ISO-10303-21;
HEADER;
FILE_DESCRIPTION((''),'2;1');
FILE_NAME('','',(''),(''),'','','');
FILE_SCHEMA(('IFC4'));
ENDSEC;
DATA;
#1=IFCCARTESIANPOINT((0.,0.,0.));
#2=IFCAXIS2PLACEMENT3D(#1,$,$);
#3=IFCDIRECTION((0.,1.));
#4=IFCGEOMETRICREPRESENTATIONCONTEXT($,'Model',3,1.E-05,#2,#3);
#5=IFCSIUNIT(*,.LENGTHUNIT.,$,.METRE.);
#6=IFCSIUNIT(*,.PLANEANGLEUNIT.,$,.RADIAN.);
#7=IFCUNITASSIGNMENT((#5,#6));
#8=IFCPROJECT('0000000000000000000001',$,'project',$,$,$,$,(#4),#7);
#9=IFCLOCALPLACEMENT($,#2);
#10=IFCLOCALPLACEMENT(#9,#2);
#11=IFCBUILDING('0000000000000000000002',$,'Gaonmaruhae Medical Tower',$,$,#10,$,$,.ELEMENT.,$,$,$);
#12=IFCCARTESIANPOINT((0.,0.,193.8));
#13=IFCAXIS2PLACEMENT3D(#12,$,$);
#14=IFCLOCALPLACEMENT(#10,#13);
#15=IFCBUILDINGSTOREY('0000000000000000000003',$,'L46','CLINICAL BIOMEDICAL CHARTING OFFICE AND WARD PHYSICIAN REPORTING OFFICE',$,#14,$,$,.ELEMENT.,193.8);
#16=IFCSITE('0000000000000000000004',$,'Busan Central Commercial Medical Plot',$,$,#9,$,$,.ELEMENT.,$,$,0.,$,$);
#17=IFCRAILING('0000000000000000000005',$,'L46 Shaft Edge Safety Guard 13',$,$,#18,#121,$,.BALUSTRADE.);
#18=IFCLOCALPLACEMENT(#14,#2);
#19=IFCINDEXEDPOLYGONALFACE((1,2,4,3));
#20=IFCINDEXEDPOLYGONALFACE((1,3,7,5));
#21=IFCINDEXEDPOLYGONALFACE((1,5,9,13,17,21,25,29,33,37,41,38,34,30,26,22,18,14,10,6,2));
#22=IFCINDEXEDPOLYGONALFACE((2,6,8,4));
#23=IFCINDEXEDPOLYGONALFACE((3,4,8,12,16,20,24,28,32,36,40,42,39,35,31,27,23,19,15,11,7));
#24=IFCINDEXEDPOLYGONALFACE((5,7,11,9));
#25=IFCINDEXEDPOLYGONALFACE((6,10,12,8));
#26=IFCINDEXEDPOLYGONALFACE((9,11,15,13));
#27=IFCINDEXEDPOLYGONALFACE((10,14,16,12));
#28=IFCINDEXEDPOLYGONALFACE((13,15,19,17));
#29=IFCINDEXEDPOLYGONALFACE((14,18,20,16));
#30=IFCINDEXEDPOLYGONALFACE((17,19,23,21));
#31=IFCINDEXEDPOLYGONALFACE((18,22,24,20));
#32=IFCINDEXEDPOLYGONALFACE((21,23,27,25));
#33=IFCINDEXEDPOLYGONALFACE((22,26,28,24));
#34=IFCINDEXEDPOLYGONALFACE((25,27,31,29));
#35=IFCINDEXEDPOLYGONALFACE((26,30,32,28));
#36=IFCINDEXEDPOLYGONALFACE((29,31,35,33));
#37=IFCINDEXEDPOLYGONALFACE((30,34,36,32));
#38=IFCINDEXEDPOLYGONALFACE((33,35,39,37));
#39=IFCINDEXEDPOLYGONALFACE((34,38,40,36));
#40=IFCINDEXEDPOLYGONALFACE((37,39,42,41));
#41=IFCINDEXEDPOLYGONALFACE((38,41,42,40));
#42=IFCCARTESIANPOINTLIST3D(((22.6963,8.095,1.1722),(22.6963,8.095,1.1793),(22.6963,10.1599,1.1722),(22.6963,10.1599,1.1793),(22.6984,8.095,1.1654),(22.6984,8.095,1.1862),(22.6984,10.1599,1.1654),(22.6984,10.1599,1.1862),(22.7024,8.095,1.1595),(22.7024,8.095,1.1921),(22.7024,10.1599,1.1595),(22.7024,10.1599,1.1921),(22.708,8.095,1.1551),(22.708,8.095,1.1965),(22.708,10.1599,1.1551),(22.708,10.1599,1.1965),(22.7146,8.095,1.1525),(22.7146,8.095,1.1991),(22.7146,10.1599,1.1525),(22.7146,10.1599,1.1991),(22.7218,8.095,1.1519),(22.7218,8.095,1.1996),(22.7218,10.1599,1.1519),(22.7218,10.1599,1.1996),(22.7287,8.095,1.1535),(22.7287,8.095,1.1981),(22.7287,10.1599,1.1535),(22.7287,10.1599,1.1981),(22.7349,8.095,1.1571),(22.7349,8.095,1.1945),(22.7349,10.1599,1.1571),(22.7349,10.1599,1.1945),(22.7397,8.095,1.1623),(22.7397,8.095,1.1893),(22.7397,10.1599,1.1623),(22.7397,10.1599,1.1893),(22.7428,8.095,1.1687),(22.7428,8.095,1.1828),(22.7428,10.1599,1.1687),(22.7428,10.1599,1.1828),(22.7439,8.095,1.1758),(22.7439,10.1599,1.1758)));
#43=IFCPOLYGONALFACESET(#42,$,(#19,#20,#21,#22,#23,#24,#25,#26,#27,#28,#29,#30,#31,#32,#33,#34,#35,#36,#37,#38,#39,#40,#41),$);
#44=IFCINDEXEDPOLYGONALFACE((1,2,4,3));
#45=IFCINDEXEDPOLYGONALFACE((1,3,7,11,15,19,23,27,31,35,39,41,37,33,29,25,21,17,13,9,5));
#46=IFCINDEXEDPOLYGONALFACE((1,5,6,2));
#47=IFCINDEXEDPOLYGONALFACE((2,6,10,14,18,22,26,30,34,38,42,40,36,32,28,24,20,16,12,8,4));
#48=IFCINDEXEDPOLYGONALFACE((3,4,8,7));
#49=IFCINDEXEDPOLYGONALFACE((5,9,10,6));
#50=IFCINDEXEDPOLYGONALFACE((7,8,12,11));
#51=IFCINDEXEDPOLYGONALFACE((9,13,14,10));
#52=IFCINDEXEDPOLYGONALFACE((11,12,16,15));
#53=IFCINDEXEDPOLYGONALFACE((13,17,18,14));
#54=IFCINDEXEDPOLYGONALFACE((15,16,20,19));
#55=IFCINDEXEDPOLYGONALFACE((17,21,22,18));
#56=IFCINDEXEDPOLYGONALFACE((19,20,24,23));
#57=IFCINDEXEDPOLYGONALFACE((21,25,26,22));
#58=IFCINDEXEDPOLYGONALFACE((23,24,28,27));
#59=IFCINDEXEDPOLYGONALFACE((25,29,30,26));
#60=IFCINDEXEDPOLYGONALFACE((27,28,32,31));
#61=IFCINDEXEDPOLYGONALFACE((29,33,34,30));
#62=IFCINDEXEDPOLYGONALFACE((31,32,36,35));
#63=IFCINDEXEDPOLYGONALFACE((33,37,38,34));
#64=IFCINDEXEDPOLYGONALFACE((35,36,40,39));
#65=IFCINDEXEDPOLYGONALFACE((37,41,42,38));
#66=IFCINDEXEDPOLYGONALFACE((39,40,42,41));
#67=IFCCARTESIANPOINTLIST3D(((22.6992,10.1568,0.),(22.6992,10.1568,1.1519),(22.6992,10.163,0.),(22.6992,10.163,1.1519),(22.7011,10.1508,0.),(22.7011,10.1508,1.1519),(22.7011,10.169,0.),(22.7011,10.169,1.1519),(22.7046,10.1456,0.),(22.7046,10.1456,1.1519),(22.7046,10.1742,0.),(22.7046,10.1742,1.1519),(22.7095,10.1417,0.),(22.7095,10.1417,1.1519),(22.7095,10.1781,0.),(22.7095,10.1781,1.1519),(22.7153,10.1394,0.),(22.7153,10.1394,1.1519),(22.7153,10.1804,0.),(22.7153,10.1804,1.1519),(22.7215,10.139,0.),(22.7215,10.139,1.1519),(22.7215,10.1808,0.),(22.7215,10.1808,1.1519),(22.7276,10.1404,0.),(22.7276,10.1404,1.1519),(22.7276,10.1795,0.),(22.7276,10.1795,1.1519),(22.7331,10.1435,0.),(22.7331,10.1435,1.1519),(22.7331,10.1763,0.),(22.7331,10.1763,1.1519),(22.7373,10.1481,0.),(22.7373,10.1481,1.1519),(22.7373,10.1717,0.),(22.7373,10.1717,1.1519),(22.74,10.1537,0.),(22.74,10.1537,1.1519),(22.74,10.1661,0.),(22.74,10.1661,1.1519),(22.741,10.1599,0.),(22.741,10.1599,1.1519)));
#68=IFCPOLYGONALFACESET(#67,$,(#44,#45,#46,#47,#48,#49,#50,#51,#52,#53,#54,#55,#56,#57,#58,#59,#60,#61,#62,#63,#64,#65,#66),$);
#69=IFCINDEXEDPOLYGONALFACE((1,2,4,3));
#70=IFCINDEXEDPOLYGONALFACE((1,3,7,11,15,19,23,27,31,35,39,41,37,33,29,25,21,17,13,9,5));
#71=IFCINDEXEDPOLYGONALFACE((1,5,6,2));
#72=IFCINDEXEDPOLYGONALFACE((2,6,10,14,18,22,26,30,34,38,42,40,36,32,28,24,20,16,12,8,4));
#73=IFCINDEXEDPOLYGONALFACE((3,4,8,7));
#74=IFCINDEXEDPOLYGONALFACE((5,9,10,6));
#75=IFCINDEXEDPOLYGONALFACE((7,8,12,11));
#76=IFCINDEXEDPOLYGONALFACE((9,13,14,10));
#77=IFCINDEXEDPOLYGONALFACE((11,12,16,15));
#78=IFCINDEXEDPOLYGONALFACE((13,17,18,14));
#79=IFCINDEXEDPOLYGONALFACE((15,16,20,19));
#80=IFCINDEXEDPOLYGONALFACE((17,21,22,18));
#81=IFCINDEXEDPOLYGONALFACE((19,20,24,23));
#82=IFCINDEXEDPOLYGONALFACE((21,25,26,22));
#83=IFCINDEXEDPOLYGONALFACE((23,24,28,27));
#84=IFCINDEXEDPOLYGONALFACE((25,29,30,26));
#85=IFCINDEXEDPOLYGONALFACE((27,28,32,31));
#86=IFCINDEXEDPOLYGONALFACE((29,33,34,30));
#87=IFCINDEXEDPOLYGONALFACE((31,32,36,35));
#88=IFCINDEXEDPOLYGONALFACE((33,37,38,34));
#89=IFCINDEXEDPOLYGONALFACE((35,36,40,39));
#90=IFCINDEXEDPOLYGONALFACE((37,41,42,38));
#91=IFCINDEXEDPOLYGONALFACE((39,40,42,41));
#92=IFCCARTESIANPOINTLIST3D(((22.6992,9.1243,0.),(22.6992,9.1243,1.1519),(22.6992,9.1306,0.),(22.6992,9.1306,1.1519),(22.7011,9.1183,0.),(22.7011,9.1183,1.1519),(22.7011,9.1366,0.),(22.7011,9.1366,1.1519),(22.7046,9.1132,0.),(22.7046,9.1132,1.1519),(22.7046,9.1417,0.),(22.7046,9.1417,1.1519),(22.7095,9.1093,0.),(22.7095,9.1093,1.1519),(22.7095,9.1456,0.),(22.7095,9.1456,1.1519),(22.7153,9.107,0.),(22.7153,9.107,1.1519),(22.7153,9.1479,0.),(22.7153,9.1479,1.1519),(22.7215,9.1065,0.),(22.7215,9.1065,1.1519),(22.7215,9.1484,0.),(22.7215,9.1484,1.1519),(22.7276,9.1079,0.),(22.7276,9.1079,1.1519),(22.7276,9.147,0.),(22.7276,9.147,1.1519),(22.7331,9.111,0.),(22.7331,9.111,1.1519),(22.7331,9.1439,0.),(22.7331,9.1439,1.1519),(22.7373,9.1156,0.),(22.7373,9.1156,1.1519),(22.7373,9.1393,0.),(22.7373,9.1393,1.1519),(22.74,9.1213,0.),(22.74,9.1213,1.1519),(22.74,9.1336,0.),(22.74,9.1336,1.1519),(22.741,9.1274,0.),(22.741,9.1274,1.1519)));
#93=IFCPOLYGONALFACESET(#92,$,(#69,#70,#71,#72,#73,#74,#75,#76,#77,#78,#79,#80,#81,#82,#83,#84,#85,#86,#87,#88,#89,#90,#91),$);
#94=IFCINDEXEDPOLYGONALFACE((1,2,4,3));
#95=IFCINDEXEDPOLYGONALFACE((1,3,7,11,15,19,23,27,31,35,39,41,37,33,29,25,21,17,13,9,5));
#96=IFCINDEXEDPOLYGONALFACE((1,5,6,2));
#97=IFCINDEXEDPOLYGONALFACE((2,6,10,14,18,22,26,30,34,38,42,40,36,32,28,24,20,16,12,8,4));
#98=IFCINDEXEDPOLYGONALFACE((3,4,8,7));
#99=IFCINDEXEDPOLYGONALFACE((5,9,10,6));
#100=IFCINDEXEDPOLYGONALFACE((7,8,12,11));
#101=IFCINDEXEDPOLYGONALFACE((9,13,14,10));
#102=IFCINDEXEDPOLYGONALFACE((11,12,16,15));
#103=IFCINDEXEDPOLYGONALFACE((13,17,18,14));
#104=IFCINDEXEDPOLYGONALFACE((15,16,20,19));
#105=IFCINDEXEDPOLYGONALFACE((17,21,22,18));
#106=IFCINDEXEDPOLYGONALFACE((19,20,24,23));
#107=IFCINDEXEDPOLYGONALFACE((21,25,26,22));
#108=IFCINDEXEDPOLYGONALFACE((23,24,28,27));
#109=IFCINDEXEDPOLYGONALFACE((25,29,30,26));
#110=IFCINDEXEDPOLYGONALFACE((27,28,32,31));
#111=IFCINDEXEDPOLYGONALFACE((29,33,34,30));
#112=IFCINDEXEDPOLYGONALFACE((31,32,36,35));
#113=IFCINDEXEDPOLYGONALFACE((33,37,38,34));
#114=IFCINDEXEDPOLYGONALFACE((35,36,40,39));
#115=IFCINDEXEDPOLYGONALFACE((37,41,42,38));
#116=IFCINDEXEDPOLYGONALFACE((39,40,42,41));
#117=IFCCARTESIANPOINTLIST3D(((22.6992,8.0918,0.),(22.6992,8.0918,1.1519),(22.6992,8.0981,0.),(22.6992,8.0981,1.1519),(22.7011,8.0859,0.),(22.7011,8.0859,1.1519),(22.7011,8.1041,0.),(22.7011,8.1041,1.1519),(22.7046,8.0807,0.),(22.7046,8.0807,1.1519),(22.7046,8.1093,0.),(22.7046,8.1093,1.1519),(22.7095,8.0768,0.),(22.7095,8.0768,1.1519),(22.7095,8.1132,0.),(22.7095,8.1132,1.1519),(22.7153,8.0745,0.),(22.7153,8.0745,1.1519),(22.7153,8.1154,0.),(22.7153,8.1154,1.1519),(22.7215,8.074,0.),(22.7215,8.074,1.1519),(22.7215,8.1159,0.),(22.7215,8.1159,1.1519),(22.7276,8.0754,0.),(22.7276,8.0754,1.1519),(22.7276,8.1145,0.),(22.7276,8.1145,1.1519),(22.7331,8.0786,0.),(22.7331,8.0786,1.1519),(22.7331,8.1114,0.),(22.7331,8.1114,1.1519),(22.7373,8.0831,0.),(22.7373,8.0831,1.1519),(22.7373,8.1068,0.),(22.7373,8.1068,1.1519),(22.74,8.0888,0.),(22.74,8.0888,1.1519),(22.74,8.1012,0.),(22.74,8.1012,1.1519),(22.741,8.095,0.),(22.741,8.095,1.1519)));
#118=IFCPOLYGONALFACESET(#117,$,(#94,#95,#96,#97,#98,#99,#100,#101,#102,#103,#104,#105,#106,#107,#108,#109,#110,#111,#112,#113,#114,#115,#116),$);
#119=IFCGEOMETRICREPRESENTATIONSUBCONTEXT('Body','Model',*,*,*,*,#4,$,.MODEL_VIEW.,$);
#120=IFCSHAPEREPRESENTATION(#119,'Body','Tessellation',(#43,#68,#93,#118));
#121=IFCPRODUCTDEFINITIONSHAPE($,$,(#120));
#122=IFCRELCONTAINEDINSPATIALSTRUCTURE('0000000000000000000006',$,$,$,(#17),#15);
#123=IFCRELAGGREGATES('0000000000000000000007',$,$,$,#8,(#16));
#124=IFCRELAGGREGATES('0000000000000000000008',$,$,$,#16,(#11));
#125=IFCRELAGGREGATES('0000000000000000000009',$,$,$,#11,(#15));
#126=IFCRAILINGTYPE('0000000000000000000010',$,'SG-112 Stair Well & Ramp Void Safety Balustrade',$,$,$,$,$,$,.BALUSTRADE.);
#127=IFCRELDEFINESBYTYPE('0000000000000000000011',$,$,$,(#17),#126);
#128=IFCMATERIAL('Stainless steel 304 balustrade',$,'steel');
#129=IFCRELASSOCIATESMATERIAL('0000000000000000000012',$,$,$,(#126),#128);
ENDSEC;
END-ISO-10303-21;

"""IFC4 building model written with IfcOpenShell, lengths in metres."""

from ifc_helpers import new_model, si_unit, direction, frame, origin, origin_2d, place, context, subcontext, project, spatial, circle, extrude, material, type_object, element, save


model = new_model("IFC4")

# Units and contexts
model_context = context("Model", 3, precision=1e-05, world=origin(), true_north=direction((0.0, 1.0)))
body_context = subcontext(model_context, "Body", "Model", "MODEL_VIEW")
ifc_project = project(units=[si_unit("LENGTHUNIT", "METRE"), si_unit("PLANEANGLEUNIT", "RADIAN")], contexts=[model_context])

# Site, building, storey
site_placement = place(None, origin())
site = spatial("IfcSite", under=ifc_project, at=site_placement, Name="Busan Central Commercial Medical Plot", CompositionType="ELEMENT", RefElevation=0.0)
building_placement = place(site_placement, origin())
building = spatial("IfcBuilding", under=site, at=building_placement, Name="Gaonmaruhae Medical Tower", CompositionType="ELEMENT")
storey_placement = place(building_placement, frame((0.0, 0.0, 193.8)))
storey = spatial("IfcBuildingStorey", under=building, at=storey_placement, Name="L46", Description="CLINICAL BIOMEDICAL CHARTING OFFICE AND WARD PHYSICIAN REPORTING OFFICE", CompositionType="ELEMENT", Elevation=193.8)

# Railing
ifc_material_1 = material(Name="Stainless steel 304 balustrade", Category="steel")
railing_type_1 = type_object("IfcRailingType", Name="SG-112 Stair Well & Ramp Void Safety Balustrade", PredefinedType="BALUSTRADE", material=ifc_material_1)
railing_1_placement = place(storey_placement, frame((22.72, 10.1599, 0.0)))
element("IfcRailing", 1, at=railing_1_placement, inside=storey, type_object=railing_type_1, Name="L46 Shaft Edge Safety Guard 13", PredefinedType="BALUSTRADE", context=body_context, shape_type="SweptSolid", body=[
    extrude(circle(Radius=0.0239, at=origin_2d()), frame((0.0, 0.0, 1.1758), z_axis=(0.0, -1.0, 0.0), x_axis=(1.0, 0.0, 0.0)), (0.0, 0.0, 1.0), 2.0649),
    extrude(circle(Radius=0.021, at=origin_2d()), origin(), (0.0, 0.0, 1.0), 1.1519),
    extrude(circle(Radius=0.021, at=origin_2d()), frame((0.0, -1.0325, 0.0)), (0.0, 0.0, 1.0), 1.1519),
    extrude(circle(Radius=0.021, at=origin_2d()), frame((0.0, -2.0649, 0.0)), (0.0, 0.0, 1.0), 1.1519),
])

save(model, "model.ifc")
